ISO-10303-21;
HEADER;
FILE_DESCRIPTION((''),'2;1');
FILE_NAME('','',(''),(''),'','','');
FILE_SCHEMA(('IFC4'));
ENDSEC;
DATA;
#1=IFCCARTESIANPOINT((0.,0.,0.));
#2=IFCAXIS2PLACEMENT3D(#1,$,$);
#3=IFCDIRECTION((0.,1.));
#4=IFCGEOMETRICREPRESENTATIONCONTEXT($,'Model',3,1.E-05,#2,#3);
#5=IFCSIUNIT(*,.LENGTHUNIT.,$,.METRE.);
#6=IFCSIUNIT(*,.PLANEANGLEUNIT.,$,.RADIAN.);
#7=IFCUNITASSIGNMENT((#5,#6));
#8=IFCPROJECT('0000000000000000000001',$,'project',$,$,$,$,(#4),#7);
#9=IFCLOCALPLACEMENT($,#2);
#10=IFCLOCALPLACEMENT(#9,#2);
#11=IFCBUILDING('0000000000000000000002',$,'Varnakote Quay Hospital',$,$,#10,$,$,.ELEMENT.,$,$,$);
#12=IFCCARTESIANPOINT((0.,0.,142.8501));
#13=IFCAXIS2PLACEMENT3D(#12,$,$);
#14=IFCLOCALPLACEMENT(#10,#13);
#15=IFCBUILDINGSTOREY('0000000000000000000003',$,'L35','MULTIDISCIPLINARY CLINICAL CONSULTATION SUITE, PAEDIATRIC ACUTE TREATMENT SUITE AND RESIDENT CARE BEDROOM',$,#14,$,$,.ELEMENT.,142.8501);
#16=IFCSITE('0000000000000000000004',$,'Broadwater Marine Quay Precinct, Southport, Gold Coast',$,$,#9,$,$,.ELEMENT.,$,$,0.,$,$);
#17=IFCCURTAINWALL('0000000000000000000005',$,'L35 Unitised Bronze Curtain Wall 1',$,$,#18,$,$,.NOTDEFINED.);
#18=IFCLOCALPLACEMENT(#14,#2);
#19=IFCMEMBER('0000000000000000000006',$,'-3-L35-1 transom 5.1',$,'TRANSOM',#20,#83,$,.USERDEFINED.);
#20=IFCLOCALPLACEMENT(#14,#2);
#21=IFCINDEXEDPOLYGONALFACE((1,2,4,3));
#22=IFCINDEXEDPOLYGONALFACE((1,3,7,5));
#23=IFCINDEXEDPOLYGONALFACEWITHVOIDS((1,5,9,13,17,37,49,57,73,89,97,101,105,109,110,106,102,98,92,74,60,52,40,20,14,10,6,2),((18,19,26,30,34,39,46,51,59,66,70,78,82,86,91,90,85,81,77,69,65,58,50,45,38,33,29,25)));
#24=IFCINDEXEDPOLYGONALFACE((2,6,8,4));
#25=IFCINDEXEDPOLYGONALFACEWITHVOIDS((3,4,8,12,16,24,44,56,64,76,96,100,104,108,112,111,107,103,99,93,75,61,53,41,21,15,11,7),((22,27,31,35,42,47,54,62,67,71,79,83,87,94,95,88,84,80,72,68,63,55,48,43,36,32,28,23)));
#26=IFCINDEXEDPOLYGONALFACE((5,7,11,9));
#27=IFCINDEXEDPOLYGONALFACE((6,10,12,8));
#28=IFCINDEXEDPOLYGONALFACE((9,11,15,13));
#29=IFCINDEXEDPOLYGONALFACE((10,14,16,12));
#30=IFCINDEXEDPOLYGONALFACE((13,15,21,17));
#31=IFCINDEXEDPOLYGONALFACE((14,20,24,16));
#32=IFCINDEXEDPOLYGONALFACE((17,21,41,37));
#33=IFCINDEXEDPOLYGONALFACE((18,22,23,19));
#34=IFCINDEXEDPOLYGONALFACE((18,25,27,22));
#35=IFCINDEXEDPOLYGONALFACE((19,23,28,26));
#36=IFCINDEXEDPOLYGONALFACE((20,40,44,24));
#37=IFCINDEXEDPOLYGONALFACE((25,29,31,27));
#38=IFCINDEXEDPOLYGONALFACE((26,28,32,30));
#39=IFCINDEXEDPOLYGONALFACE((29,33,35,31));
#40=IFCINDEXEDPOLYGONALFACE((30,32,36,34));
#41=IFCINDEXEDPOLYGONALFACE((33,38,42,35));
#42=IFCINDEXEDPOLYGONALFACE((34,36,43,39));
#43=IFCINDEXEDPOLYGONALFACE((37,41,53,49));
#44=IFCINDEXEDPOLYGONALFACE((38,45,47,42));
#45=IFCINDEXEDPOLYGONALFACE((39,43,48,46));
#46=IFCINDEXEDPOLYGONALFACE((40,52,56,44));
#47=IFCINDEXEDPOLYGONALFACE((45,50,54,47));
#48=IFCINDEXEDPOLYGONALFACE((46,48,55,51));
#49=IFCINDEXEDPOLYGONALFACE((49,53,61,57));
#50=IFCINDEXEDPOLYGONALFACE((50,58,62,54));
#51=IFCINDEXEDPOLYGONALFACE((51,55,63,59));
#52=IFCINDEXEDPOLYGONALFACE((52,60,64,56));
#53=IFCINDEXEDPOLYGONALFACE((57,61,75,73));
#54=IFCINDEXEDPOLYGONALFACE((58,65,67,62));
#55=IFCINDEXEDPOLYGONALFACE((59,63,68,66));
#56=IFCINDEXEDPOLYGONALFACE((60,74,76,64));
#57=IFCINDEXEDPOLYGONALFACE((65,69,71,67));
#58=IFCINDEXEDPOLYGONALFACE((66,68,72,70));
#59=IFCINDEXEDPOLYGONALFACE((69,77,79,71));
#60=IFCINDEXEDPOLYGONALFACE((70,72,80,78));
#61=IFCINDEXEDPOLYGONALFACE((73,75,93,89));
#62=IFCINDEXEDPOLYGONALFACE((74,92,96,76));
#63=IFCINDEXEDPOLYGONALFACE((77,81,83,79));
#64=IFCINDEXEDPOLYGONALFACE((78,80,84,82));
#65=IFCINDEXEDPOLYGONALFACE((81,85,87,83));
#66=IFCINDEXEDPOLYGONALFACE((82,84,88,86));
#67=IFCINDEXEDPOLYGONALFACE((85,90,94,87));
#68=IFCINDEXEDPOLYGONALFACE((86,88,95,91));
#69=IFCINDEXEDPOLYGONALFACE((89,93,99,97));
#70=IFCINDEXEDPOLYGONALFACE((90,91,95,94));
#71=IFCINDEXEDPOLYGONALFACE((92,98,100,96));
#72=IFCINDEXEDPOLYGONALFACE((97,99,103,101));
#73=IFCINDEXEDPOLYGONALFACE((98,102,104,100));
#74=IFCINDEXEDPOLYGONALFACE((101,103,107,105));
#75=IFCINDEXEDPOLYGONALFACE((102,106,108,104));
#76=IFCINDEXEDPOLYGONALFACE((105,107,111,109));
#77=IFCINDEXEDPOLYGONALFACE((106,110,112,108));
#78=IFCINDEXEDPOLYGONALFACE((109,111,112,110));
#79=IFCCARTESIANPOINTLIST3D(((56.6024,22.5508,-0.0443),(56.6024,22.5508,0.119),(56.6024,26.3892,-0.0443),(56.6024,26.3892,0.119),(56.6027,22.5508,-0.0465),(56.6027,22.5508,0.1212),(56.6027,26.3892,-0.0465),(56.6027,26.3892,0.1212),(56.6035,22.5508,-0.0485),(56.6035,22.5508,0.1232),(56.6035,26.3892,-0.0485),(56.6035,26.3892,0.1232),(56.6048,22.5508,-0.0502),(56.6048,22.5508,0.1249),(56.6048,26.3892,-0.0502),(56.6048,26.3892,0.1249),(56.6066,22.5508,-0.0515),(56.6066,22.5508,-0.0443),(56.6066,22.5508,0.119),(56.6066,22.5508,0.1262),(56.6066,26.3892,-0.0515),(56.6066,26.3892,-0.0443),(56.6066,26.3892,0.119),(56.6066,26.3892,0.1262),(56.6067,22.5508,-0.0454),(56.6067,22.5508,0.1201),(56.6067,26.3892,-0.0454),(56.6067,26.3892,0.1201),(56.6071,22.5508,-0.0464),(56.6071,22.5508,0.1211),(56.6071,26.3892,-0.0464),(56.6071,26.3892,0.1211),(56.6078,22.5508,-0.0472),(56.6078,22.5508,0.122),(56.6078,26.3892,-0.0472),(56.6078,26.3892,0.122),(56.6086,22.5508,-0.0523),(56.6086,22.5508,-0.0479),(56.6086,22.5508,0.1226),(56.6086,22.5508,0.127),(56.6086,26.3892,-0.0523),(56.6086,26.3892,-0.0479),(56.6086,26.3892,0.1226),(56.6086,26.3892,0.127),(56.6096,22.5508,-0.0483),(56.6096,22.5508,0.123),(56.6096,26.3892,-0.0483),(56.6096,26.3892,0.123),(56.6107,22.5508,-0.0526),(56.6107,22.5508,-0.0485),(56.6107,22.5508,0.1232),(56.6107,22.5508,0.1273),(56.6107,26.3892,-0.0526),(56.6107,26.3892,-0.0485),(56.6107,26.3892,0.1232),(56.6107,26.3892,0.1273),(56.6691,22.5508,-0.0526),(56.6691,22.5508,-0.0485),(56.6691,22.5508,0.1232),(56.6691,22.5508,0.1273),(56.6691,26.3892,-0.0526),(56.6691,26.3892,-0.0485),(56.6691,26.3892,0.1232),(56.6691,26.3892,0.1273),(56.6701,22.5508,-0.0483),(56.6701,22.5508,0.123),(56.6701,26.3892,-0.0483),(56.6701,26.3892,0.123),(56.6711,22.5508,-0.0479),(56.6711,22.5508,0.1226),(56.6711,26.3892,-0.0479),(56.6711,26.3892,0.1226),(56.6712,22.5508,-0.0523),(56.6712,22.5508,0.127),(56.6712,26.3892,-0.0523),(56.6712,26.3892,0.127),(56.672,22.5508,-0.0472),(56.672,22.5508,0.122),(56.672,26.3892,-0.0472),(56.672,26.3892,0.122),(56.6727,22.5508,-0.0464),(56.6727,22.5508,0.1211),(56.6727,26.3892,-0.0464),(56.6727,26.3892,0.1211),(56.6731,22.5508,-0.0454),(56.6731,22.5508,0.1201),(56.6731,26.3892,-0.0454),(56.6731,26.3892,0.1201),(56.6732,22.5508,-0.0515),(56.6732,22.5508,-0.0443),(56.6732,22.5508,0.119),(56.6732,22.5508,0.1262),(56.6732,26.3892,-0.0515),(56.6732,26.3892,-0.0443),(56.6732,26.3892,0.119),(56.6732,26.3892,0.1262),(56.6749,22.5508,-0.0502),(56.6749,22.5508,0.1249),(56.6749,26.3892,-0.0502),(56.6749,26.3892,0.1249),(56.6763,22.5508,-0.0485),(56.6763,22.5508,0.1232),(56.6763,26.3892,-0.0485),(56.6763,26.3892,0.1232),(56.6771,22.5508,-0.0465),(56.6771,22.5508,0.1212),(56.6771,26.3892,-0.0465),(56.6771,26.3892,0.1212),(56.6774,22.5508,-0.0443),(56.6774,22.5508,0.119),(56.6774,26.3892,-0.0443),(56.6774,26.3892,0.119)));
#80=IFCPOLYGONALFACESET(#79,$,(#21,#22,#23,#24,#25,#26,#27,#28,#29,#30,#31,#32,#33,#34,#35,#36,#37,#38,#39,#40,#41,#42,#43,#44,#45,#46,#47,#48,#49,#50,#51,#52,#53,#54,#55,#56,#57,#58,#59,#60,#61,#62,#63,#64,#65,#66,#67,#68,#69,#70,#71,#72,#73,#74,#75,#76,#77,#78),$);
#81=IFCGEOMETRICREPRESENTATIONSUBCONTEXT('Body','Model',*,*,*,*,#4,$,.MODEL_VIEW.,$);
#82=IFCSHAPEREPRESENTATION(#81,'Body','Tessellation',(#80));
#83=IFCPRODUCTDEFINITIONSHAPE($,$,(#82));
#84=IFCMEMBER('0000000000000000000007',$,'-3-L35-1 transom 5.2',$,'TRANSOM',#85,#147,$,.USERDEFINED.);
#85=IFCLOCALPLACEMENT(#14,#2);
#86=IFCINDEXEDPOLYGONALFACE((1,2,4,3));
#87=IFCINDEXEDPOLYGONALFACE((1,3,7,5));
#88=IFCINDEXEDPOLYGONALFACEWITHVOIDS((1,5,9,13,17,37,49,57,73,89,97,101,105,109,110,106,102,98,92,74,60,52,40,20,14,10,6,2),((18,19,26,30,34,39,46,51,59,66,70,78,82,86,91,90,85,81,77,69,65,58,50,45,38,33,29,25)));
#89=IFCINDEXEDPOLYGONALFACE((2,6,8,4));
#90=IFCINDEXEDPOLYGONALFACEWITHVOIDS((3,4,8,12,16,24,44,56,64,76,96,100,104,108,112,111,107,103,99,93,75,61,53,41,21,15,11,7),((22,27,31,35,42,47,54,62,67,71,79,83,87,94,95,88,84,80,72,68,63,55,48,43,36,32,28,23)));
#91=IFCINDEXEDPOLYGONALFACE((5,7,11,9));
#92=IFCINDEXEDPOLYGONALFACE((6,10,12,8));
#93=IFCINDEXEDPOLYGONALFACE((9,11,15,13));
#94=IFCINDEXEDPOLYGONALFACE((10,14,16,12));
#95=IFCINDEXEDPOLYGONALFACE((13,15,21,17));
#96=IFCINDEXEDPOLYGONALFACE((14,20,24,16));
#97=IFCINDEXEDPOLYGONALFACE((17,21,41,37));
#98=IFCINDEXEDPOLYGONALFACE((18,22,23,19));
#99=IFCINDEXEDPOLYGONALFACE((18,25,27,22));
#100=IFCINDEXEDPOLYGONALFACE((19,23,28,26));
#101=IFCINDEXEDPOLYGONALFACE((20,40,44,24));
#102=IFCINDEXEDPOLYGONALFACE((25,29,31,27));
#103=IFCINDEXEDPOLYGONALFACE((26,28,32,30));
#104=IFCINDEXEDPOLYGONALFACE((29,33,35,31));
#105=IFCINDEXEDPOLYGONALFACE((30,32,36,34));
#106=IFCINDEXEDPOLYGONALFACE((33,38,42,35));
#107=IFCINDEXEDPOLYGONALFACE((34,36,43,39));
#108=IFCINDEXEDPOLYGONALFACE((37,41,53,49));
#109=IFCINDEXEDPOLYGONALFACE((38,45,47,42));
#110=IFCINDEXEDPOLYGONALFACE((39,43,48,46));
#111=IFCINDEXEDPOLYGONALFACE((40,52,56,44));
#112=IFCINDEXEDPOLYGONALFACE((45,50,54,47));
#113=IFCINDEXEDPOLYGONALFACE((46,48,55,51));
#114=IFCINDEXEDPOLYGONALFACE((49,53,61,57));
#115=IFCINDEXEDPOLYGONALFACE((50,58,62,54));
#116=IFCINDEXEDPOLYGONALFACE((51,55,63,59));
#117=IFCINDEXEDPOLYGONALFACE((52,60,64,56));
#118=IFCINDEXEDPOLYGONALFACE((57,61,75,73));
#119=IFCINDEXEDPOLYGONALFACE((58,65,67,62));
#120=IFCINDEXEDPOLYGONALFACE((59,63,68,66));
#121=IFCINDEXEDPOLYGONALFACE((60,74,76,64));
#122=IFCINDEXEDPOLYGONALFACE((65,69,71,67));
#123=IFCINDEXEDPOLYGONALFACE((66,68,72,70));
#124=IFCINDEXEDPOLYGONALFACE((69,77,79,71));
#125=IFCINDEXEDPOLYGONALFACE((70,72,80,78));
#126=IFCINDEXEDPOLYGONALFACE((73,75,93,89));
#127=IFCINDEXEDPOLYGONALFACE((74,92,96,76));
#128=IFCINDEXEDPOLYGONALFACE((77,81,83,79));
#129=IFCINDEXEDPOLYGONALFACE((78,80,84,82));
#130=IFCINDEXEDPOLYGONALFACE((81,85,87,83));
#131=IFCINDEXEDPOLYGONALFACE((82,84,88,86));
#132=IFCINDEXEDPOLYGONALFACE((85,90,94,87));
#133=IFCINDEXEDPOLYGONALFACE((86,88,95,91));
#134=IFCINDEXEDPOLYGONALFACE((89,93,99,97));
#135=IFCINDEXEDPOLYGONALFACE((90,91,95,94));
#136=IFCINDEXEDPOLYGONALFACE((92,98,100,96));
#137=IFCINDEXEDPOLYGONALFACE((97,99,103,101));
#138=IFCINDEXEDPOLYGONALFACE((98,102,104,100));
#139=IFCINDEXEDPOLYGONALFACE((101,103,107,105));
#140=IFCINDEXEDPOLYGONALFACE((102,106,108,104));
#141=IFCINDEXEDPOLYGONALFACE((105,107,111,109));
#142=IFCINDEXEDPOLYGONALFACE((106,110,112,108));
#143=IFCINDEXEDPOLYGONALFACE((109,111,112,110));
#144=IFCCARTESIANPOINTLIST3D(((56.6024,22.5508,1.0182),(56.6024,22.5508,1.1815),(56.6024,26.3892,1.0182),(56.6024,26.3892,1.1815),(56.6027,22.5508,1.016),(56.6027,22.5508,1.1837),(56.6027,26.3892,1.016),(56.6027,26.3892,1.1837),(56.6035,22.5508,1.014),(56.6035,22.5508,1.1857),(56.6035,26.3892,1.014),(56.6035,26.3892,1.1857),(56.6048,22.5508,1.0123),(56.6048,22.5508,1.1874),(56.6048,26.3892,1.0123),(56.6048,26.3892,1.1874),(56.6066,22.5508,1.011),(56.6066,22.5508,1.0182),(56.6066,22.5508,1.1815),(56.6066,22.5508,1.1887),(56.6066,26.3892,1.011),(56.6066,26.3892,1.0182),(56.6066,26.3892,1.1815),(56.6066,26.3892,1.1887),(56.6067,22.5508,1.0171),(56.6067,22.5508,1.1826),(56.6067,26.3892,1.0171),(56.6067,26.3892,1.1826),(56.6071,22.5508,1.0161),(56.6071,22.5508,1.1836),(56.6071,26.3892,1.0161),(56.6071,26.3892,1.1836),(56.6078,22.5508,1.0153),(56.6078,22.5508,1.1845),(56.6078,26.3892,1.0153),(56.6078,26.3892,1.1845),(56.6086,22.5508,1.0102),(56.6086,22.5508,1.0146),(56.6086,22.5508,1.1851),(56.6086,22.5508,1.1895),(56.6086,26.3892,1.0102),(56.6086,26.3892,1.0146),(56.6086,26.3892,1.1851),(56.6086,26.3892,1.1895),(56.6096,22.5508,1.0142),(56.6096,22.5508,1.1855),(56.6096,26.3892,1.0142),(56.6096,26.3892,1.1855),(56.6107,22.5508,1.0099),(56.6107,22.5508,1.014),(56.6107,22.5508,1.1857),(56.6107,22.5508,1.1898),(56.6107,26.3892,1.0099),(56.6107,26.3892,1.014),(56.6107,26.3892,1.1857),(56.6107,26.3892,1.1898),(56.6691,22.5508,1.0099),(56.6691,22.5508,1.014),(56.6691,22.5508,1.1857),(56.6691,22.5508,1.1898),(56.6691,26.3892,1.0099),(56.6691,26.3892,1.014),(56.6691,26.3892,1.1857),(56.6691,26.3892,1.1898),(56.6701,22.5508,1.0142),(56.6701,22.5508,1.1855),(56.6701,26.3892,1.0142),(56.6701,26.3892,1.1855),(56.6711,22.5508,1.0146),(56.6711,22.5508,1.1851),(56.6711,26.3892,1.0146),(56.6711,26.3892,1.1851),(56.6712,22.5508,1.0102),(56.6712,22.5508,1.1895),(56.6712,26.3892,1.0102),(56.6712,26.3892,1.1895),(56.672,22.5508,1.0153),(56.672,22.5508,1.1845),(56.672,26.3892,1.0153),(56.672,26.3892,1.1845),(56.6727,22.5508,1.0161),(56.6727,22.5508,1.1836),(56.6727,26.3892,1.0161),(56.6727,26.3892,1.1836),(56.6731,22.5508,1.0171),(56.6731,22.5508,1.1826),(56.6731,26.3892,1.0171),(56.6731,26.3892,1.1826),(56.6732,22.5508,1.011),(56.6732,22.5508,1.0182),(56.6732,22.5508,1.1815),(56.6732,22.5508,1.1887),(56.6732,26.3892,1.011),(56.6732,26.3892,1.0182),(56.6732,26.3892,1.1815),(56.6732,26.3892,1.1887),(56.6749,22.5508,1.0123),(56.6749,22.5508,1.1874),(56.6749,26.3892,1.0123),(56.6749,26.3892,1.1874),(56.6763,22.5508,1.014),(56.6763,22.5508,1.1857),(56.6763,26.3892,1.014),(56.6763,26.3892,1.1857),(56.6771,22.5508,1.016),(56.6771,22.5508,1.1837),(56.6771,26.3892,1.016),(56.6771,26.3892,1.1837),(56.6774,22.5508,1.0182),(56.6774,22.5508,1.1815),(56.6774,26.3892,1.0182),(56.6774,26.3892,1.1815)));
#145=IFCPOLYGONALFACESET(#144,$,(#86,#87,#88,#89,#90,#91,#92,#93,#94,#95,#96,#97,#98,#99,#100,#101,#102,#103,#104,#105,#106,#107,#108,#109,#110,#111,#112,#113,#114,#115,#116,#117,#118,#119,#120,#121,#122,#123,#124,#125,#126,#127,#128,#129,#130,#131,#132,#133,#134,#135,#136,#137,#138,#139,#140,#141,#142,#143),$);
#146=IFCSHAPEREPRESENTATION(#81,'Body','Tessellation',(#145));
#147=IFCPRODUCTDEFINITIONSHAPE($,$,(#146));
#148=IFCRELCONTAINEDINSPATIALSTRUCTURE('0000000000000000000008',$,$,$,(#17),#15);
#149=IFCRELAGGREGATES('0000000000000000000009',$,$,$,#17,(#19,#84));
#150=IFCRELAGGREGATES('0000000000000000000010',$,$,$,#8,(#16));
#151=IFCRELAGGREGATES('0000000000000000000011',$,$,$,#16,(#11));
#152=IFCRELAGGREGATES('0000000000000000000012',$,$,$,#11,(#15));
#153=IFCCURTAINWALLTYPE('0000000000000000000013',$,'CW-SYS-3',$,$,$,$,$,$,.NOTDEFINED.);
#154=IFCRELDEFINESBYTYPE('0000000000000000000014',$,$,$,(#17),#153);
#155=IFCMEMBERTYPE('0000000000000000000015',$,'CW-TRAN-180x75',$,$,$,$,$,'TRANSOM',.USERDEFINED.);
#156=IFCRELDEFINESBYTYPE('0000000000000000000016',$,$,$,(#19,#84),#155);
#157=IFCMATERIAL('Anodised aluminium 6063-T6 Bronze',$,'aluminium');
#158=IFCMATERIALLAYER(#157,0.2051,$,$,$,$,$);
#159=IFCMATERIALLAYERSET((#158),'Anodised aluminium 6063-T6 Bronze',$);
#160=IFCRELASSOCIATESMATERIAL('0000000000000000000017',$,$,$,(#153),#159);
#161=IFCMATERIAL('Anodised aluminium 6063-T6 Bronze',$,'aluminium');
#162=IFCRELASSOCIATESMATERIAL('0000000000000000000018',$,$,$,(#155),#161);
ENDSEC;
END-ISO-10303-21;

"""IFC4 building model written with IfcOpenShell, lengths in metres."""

from ifc_helpers import new_model, si_unit, direction, frame, origin, origin_2d, place, context, subcontext, project, spatial, hollow_rectangle, extrude, material, layer, layer_set, material_profile, profile_set, type_object, element, aggregate, save


model = new_model("IFC4")

# Units and contexts
model_context = context("Model", 3, precision=1e-05, world=origin(), true_north=direction((0.0, 1.0)))
body_context = subcontext(model_context, "Body", "Model", "MODEL_VIEW")
ifc_project = project(units=[si_unit("LENGTHUNIT", "METRE"), si_unit("PLANEANGLEUNIT", "RADIAN")], contexts=[model_context])

# Site, building, storey
site_placement = place(None, origin())
site = spatial("IfcSite", under=ifc_project, at=site_placement, Name="Broadwater Marine Quay Precinct, Southport, Gold Coast", CompositionType="ELEMENT", RefElevation=0.0)
building_placement = place(site_placement, origin())
building = spatial("IfcBuilding", under=site, at=building_placement, Name="Varnakote Quay Hospital", CompositionType="ELEMENT")
storey_placement = place(building_placement, frame((0.0, 0.0, 142.8501)))
storey = spatial("IfcBuildingStorey", under=building, at=storey_placement, Name="L35", Description="MULTIDISCIPLINARY CLINICAL CONSULTATION SUITE, PAEDIATRIC ACUTE TREATMENT SUITE AND RESIDENT CARE BEDROOM", CompositionType="ELEMENT", Elevation=142.8501)

# Curtain wall, members
ifc_material_1 = material(Name="Anodised aluminium 6063-T6 Bronze", Category="aluminium")
ifc_layer_1 = layer(ifc_material_1, 0.2051)
ifc_layer_set_1 = layer_set([ifc_layer_1], Name="Anodised aluminium 6063-T6 Bronze")
curtain_wall_type = type_object("IfcCurtainWallType", Name="CW-SYS-3", PredefinedType="NOTDEFINED", material=ifc_layer_set_1)
curtain_wall_placement = place(storey_placement, origin())
curtain_wall = element("IfcCurtainWall", 1, at=curtain_wall_placement, inside=storey, type_object=curtain_wall_type, Name="L35 Unitised Bronze Curtain Wall 1", PredefinedType="NOTDEFINED")
ifc_material_2 = material(Name="Anodised aluminium 6063-T6 Bronze", Category="aluminium")
ifc_material_profile_1 = material_profile(ifc_material_2, hollow_rectangle(XDim=0.075, YDim=0.1799, WallThickness=0.0042, InnerFilletRadius=0.0042, OuterFilletRadius=0.0083, at=origin_2d()), Name="CW-TRAN-180x75")
ifc_profile_set_1 = profile_set([ifc_material_profile_1], Name="Anodised aluminium 6063-T6 Bronze")
member_type_1 = type_object("IfcMemberType", Name="CW-TRAN-180x75", ElementType="TRANSOM", PredefinedType="USERDEFINED", material=ifc_profile_set_1)
member_1_placement = place(storey_placement, frame((56.6399, 22.5508, 0.0374), z_axis=(0.0, 1.0, 0.0), x_axis=(-1.0, 0.0, 0.0)))
member_1 = element("IfcMember", 2, at=member_1_placement, type_object=member_type_1, Name="-3-L35-1 transom 5.1", ObjectType="TRANSOM", PredefinedType="USERDEFINED", context=body_context, shape_type="SweptSolid", body=[
    extrude(hollow_rectangle(XDim=0.075, YDim=0.1799, WallThickness=0.0042, InnerFilletRadius=0.0042, OuterFilletRadius=0.0083, at=origin_2d()), origin(), (0.0, 0.0, 1.0), 3.8384),
])
member_2_placement = place(storey_placement, frame((56.6399, 22.5508, 1.0999), z_axis=(0.0, 1.0, 0.0), x_axis=(-1.0, 0.0, 0.0)))
member_2 = element("IfcMember", 3, at=member_2_placement, type_object=member_type_1, Name="-3-L35-1 transom 5.2", ObjectType="TRANSOM", PredefinedType="USERDEFINED", context=body_context, shape_type="SweptSolid", body=[
    extrude(hollow_rectangle(XDim=0.075, YDim=0.1799, WallThickness=0.0042, InnerFilletRadius=0.0042, OuterFilletRadius=0.0083, at=origin_2d()), origin(), (0.0, 0.0, 1.0), 3.8384),
])
aggregate(curtain_wall, [member_1, member_2])

save(model, "model.ifc")
